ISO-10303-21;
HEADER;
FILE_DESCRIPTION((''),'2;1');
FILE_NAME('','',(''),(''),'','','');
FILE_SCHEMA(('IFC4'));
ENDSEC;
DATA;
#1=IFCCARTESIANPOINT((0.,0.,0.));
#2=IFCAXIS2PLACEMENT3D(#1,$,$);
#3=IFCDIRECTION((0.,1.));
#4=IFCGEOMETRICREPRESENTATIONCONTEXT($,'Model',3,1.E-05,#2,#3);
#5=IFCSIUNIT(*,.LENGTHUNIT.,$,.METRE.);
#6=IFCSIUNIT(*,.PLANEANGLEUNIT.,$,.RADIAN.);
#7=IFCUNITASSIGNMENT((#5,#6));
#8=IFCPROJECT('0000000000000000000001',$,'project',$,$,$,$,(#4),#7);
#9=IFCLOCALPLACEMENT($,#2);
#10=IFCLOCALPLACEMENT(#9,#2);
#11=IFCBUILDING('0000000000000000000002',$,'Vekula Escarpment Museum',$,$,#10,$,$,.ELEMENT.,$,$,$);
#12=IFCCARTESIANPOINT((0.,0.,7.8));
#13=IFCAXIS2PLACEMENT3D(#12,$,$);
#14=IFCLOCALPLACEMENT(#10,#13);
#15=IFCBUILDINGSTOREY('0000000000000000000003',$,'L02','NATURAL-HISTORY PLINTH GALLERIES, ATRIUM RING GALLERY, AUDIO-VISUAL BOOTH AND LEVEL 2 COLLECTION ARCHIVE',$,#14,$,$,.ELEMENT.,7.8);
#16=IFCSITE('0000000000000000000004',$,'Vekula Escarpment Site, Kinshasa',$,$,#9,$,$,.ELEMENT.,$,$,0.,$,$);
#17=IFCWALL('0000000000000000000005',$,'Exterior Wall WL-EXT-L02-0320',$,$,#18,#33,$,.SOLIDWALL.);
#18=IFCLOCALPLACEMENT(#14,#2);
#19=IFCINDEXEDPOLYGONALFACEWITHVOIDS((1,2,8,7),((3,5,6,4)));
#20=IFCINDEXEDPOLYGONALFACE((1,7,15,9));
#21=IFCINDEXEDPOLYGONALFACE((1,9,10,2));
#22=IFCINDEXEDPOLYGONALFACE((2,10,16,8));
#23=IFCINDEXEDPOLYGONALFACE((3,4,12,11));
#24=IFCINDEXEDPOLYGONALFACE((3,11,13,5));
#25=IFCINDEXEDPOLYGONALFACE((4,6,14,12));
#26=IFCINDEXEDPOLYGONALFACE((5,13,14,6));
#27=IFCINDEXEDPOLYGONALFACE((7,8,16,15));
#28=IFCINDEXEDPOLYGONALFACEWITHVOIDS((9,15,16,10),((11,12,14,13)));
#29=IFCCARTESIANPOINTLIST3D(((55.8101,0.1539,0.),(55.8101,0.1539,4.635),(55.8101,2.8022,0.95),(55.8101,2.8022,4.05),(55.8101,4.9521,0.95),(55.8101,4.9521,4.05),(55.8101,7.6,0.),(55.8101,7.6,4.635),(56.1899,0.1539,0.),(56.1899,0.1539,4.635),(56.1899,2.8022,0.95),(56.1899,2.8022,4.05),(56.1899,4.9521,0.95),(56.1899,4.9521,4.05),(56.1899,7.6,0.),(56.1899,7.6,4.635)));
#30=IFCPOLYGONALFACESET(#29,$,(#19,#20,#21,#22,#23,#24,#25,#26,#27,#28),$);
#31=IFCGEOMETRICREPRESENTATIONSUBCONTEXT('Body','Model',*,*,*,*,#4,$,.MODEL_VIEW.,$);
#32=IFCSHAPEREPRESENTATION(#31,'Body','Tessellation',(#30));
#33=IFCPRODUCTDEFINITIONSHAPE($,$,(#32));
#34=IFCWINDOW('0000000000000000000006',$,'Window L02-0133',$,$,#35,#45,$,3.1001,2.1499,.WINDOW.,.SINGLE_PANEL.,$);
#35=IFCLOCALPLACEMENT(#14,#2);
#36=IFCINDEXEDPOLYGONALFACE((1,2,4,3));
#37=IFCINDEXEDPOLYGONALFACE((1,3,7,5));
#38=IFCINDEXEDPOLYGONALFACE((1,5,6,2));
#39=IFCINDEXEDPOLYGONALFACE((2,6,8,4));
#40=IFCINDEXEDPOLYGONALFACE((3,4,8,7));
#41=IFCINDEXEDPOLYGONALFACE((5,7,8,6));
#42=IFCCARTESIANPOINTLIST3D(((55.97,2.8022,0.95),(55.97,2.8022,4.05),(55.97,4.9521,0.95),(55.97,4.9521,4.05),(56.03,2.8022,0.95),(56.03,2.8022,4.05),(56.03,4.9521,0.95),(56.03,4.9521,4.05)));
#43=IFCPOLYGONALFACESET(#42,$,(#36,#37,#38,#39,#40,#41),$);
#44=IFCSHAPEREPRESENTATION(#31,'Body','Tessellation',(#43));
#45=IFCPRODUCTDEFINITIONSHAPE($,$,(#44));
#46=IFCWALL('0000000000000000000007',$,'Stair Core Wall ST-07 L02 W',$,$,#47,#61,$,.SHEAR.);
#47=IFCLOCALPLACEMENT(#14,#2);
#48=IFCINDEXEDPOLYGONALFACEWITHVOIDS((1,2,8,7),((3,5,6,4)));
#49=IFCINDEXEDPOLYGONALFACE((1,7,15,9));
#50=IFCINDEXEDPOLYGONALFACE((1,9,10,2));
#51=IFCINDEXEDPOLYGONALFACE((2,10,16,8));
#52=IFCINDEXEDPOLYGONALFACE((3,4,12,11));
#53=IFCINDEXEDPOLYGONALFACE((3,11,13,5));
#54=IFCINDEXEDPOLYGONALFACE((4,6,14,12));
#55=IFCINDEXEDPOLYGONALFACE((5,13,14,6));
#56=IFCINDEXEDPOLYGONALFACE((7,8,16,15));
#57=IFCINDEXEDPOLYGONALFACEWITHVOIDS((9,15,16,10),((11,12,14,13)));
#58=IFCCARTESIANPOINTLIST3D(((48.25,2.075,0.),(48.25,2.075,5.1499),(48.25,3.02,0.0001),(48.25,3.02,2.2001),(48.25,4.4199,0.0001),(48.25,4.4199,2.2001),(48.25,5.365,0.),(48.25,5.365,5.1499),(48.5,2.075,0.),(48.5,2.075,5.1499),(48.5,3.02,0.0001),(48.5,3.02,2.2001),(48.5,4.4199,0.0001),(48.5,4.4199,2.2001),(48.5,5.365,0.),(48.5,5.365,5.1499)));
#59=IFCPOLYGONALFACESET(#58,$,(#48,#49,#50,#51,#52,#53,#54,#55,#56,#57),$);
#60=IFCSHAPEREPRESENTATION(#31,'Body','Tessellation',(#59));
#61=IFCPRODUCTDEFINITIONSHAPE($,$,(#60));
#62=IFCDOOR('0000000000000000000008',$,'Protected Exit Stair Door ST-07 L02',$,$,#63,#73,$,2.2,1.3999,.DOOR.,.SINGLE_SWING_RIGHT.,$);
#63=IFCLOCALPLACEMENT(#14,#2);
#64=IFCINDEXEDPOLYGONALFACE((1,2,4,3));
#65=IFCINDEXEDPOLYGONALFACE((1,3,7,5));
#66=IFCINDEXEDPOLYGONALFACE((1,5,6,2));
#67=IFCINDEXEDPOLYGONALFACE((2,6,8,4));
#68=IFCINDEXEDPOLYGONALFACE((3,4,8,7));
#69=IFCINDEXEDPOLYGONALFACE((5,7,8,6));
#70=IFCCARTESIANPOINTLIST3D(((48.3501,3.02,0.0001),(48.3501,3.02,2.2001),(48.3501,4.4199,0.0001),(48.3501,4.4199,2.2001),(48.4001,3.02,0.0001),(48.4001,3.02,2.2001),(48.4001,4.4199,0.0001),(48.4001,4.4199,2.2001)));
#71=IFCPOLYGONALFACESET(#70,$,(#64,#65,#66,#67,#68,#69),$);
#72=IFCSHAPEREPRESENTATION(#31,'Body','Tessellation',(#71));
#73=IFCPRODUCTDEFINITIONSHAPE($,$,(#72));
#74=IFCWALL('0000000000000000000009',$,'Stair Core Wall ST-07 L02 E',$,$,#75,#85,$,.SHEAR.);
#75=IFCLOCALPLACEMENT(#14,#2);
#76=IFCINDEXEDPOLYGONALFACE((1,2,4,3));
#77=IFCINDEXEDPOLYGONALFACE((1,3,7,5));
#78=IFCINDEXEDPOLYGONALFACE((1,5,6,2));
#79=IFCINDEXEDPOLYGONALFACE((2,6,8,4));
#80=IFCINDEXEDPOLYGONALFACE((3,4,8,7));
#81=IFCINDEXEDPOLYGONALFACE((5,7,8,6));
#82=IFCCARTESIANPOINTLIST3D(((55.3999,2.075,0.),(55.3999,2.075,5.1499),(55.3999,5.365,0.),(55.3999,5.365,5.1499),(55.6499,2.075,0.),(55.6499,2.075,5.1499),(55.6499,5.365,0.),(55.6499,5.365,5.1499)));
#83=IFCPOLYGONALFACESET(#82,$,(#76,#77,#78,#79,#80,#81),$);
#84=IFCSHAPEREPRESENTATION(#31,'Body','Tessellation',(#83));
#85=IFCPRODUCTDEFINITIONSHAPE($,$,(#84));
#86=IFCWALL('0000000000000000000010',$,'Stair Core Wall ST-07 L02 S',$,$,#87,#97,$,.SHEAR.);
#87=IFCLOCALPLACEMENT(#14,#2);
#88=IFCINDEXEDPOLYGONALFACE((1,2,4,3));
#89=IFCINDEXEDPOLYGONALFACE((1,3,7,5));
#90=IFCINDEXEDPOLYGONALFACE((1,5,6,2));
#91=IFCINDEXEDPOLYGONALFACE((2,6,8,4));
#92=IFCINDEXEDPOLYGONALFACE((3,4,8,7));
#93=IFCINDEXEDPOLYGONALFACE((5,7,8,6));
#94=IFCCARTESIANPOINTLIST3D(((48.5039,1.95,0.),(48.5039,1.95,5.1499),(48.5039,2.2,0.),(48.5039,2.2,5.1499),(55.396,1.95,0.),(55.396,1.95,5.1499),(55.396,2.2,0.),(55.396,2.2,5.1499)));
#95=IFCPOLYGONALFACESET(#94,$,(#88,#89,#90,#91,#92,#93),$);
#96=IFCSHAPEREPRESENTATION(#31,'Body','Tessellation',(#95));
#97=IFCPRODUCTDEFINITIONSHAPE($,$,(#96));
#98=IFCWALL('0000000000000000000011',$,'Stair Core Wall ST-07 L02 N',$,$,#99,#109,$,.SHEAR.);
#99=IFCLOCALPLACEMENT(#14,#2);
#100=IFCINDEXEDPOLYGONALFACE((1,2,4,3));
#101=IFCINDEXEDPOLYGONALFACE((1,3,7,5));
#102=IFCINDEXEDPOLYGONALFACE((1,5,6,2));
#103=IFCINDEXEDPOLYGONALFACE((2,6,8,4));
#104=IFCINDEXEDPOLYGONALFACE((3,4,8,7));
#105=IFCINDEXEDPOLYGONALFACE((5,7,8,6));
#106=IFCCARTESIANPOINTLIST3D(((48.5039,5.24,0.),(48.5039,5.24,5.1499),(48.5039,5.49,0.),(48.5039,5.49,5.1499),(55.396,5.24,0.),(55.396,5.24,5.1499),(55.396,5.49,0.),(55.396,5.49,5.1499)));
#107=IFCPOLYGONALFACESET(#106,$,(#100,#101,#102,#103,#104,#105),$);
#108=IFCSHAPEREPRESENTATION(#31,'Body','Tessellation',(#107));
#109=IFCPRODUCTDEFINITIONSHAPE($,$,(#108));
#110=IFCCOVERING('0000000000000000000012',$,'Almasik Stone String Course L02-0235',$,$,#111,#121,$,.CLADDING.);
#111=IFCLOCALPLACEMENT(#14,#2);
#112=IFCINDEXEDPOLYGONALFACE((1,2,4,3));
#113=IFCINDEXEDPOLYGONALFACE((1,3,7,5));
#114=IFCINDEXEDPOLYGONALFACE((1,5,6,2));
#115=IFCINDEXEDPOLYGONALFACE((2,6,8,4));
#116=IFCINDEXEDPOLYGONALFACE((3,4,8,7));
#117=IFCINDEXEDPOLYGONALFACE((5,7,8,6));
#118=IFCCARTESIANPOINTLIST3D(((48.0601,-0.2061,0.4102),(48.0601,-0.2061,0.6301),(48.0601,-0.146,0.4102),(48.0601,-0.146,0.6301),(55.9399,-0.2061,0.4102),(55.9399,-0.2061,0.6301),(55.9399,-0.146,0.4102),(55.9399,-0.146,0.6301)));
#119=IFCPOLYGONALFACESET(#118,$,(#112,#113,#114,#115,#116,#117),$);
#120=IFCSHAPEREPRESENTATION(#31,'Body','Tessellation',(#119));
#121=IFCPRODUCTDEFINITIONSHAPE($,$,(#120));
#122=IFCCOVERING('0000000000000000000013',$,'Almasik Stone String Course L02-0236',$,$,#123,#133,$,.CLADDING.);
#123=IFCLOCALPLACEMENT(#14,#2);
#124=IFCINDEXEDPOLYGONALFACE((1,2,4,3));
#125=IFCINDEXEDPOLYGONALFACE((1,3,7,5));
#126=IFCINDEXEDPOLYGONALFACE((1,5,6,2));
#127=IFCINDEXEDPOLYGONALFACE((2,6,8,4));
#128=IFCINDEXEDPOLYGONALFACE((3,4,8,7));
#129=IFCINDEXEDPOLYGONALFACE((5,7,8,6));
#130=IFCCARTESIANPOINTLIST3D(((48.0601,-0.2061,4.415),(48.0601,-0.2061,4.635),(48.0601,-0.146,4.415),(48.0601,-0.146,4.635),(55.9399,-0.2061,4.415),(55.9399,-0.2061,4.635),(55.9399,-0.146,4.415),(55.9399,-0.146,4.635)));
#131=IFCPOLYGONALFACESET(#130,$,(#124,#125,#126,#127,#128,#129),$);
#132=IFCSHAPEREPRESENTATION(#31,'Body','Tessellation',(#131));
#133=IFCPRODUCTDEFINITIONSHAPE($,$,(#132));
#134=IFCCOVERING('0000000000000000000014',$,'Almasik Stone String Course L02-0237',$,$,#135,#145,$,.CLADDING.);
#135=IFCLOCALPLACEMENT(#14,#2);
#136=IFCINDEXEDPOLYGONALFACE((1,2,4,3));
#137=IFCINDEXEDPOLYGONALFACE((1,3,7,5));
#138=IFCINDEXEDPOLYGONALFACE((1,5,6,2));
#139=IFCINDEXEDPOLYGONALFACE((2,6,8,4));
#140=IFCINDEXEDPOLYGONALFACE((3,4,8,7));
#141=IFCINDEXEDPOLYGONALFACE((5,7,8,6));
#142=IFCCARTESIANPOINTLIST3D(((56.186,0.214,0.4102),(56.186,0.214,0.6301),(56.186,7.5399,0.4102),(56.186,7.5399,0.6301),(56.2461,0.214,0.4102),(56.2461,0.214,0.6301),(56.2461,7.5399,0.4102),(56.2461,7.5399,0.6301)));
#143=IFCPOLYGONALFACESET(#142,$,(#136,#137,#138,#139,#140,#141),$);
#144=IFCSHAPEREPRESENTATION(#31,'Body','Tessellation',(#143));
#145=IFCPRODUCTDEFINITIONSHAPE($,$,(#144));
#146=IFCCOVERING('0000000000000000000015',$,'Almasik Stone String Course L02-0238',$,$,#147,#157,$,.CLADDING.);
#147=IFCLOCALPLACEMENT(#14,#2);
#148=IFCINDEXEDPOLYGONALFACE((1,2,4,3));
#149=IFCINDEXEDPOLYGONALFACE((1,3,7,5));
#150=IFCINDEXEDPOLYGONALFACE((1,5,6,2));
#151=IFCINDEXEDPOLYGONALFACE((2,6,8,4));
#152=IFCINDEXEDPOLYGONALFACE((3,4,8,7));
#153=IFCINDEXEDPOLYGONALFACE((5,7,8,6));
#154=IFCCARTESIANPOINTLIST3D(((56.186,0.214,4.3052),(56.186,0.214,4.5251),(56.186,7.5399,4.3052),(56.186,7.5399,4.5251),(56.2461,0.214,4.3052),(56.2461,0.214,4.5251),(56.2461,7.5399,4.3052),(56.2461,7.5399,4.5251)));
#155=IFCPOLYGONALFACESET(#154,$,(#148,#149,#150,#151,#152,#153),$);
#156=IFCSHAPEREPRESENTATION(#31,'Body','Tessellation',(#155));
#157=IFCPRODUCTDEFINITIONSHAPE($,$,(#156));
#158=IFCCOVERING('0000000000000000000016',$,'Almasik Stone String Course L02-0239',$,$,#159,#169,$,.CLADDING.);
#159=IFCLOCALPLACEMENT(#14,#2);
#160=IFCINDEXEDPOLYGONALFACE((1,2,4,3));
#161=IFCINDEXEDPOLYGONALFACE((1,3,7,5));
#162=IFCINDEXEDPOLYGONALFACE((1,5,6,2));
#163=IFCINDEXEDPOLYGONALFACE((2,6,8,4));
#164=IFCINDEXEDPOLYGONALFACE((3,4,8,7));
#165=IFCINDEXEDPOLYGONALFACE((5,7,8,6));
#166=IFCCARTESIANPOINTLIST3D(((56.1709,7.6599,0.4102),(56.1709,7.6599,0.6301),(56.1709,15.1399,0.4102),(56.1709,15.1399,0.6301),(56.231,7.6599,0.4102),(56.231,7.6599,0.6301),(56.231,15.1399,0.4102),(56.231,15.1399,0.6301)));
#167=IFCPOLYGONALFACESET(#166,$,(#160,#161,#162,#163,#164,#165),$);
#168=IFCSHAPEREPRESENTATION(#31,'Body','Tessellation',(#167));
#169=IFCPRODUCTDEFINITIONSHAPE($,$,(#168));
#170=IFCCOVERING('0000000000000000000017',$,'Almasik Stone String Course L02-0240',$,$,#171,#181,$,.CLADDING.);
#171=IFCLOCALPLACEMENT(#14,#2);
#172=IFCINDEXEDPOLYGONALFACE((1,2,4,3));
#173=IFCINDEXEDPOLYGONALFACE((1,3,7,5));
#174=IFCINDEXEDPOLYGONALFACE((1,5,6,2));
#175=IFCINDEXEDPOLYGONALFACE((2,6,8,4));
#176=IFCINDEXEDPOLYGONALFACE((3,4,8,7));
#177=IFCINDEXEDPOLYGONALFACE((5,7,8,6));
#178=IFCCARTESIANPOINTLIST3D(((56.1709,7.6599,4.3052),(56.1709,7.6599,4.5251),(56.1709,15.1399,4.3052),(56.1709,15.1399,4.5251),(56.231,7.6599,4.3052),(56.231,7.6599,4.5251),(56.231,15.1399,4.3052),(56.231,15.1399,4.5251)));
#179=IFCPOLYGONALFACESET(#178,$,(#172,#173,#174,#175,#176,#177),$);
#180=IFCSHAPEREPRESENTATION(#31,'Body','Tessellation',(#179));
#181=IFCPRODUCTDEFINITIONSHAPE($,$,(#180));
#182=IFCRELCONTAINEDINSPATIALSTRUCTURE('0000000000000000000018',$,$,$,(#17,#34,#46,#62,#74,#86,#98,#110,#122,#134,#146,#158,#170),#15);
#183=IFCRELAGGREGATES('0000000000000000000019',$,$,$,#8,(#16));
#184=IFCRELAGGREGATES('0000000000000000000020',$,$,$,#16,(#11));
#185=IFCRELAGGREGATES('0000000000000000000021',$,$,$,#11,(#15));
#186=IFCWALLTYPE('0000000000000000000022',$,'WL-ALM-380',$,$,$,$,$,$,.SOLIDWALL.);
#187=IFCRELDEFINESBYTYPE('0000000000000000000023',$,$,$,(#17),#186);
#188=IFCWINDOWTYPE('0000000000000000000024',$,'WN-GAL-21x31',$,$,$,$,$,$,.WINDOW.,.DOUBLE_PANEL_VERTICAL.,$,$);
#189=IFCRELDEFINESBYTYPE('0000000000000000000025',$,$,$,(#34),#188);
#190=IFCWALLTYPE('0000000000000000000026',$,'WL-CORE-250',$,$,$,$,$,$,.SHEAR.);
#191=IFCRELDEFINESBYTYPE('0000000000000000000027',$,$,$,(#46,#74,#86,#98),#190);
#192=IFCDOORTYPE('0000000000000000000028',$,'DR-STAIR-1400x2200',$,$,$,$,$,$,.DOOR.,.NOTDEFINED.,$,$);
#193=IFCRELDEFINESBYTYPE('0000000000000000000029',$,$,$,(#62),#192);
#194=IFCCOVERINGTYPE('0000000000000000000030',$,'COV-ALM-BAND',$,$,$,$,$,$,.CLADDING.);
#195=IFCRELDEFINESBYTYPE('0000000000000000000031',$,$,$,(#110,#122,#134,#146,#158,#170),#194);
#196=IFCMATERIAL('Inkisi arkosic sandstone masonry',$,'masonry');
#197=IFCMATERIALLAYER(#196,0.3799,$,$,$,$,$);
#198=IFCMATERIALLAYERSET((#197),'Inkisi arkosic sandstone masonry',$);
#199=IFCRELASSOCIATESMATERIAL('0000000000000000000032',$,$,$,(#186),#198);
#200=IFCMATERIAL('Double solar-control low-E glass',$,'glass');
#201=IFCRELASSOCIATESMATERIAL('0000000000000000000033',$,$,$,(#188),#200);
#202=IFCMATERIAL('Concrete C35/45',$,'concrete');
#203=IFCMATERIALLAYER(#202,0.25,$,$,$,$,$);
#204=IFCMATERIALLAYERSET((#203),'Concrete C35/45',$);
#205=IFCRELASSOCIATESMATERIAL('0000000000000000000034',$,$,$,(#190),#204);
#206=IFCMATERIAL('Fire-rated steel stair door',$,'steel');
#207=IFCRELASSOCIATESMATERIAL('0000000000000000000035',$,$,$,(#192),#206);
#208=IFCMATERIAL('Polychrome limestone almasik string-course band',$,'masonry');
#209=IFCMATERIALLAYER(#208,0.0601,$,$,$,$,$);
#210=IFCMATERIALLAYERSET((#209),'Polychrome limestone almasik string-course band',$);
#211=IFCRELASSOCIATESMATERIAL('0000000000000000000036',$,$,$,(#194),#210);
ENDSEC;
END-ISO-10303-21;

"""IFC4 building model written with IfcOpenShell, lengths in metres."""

from ifc_helpers import new_model, si_unit, direction, frame, frame_2d, origin, origin_2d, place, context, subcontext, project, spatial, rectangle, extrude, material, layer, layer_set, type_object, element, fill, save


model = new_model("IFC4")

# Units and contexts
model_context = context("Model", 3, precision=1e-05, world=origin(), true_north=direction((0.0, 1.0)))
body_context = subcontext(model_context, "Body", "Model", "MODEL_VIEW")
ifc_project = project(units=[si_unit("LENGTHUNIT", "METRE"), si_unit("PLANEANGLEUNIT", "RADIAN")], contexts=[model_context])

# Site, building, storey
site_placement = place(None, origin())
site = spatial("IfcSite", under=ifc_project, at=site_placement, Name="Vekula Escarpment Site, Kinshasa", CompositionType="ELEMENT", RefElevation=0.0)
building_placement = place(site_placement, origin())
building = spatial("IfcBuilding", under=site, at=building_placement, Name="Vekula Escarpment Museum", CompositionType="ELEMENT")
storey_placement = place(building_placement, frame((0.0, 0.0, 7.8)))
storey = spatial("IfcBuildingStorey", under=building, at=storey_placement, Name="L02", Description="NATURAL-HISTORY PLINTH GALLERIES, ATRIUM RING GALLERY, AUDIO-VISUAL BOOTH AND LEVEL 2 COLLECTION ARCHIVE", CompositionType="ELEMENT", Elevation=7.8)

# Wall, opening, window
ifc_material_1 = material(Name="Inkisi arkosic sandstone masonry", Category="masonry")
ifc_layer_1 = layer(ifc_material_1, 0.3799)
ifc_layer_set_1 = layer_set([ifc_layer_1], Name="Inkisi arkosic sandstone masonry")
wall_type_1 = type_object("IfcWallType", Name="WL-ALM-380", PredefinedType="SOLIDWALL", material=ifc_layer_set_1)
wall_1_placement = place(storey_placement, frame((56.0, 7.6001, 0.0), z_axis=(0.0, 0.0, 1.0), x_axis=(0.0, -1.0, 0.0)))
wall_1 = element("IfcWall", 1, at=wall_1_placement, inside=storey, type_object=wall_type_1, Name="Exterior Wall WL-EXT-L02-0320", PredefinedType="SOLIDWALL", context=body_context, shape_type="SweptSolid", body=[
    extrude(rectangle(XDim=7.446, YDim=0.3799, at=frame_2d((3.7231, 0.0))), origin(), (0.0, 0.0, 1.0), 4.635),
])
opening_1_placement = place(wall_1_placement, frame((2.6479, 0.0, 0.95)))
opening_1 = element("IfcOpeningElement", 2, at=opening_1_placement, cuts=wall_1, PredefinedType="OPENING", context=body_context, shape_type="SweptSolid", body=[
    extrude(rectangle(XDim=2.1499, YDim=3.1001, at=frame_2d((1.075, 1.55))), frame((0.0, 0.2, 0.0), z_axis=(0.0, -1.0, 0.0), x_axis=(1.0, 0.0, 0.0)), (0.0, 0.0, 1.0), 0.3999),
])
ifc_material_2 = material(Name="Double solar-control low-E glass", Category="glass")
window_type_1 = type_object("IfcWindowType", Name="WN-GAL-21x31", PartitioningType="DOUBLE_PANEL_VERTICAL", PredefinedType="WINDOW", material=ifc_material_2)
window_1_placement = place(opening_1_placement, origin())
window_1 = element("IfcWindow", 3, at=window_1_placement, inside=storey, type_object=window_type_1, Name="Window L02-0133", OverallHeight=3.1001, OverallWidth=2.1499, PartitioningType="SINGLE_PANEL", PredefinedType="WINDOW", context=body_context, shape_type="SweptSolid", body=[
    extrude(rectangle(XDim=2.1499, YDim=3.1001, at=frame_2d((1.075, 1.55))), frame((0.0, 0.03, 0.0), z_axis=(0.0, -1.0, 0.0), x_axis=(1.0, 0.0, 0.0)), (0.0, 0.0, 1.0), 0.0601),
])
fill(opening_1, window_1)

# Wall, opening, door
ifc_material_3 = material(Name="Concrete C35/45", Category="concrete")
ifc_layer_2 = layer(ifc_material_3, 0.25)
ifc_layer_set_2 = layer_set([ifc_layer_2], Name="Concrete C35/45")
wall_type_2 = type_object("IfcWallType", Name="WL-CORE-250", PredefinedType="SHEAR", material=ifc_layer_set_2)
wall_2_placement = place(storey_placement, frame((48.375, 2.075, 0.0), z_axis=(0.0, 0.0, 1.0), x_axis=(0.0, 1.0, 0.0)))
wall_2 = element("IfcWall", 4, at=wall_2_placement, inside=storey, type_object=wall_type_2, Name="Stair Core Wall ST-07 L02 W", PredefinedType="SHEAR", context=body_context, shape_type="SweptSolid", body=[
    extrude(rectangle(XDim=3.29, YDim=0.25, at=frame_2d((1.645, 0.0))), origin(), (0.0, 0.0, 1.0), 5.1499),
])
opening_2_placement = place(wall_2_placement, frame((0.9451, 0.0, 0.0)))
opening_2 = element("IfcOpeningElement", 5, at=opening_2_placement, cuts=wall_2, PredefinedType="OPENING", context=body_context, shape_type="SweptSolid", body=[
    extrude(rectangle(XDim=1.3999, YDim=2.2, at=frame_2d((0.7, 1.1001))), frame((0.0, 0.135, 0.0), z_axis=(0.0, -1.0, 0.0), x_axis=(1.0, 0.0, 0.0)), (0.0, 0.0, 1.0), 0.27),
])
ifc_material_4 = material(Name="Fire-rated steel stair door", Category="steel")
door_type = type_object("IfcDoorType", Name="DR-STAIR-1400x2200", OperationType="NOTDEFINED", PredefinedType="DOOR", material=ifc_material_4)
door_placement = place(opening_2_placement, origin())
door = element("IfcDoor", 6, at=door_placement, inside=storey, type_object=door_type, Name="Protected Exit Stair Door ST-07 L02", OperationType="SINGLE_SWING_RIGHT", OverallHeight=2.2, OverallWidth=1.3999, PredefinedType="DOOR", context=body_context, shape_type="SweptSolid", body=[
    extrude(rectangle(XDim=1.3999, YDim=2.2, at=frame_2d((0.7, 1.1001))), frame((0.0, 0.0249, 0.0), z_axis=(0.0, -1.0, 0.0), x_axis=(1.0, 0.0, 0.0)), (0.0, 0.0, 1.0), 0.05),
])
fill(opening_2, door)

# Walls
wall_3_placement = place(storey_placement, frame((55.5249, 2.075, 0.0), z_axis=(0.0, 0.0, 1.0), x_axis=(0.0, 1.0, 0.0)))
element("IfcWall", 7, at=wall_3_placement, inside=storey, type_object=wall_type_2, Name="Stair Core Wall ST-07 L02 E", PredefinedType="SHEAR", context=body_context, shape_type="SweptSolid", body=[
    extrude(rectangle(XDim=3.29, YDim=0.25, at=frame_2d((1.645, 0.0))), origin(), (0.0, 0.0, 1.0), 5.1499),
])
for number, where, z_axis, x_axis, name in (
    (8, (48.5039, 2.075, 0.0), (0.0, 0.0, 1.0), (1.0, 0.0, 0.0), "Stair Core Wall ST-07 L02 S"),
    (9, (48.5039, 5.365, 0.0), (0.0, 0.0, 1.0), (1.0, 0.0, 0.0), "Stair Core Wall ST-07 L02 N"),
):
    element("IfcWall", number, at=place(storey_placement, frame(where, z_axis=z_axis, x_axis=x_axis)), inside=storey, type_object=wall_type_2, Name=name, PredefinedType="SHEAR", context=body_context, shape_type="SweptSolid", body=[
        extrude(rectangle(XDim=6.8921, YDim=0.25, at=frame_2d((3.446, 0.0))), origin(), (0.0, 0.0, 1.0), 5.1499),
    ])

# Coverings
ifc_material_5 = material(Name="Polychrome limestone almasik string-course band", Category="masonry")
ifc_layer_3 = layer(ifc_material_5, 0.0601)
ifc_layer_set_3 = layer_set([ifc_layer_3], Name="Polychrome limestone almasik string-course band")
covering_type = type_object("IfcCoveringType", Name="COV-ALM-BAND", PredefinedType="CLADDING", material=ifc_layer_set_3)
for number, where, z_axis, x_axis, name in (
    (10, (52.0, -0.176, 0.4102), (0.0, 0.0, 1.0), (1.0, 0.0, 0.0), "Almasik Stone String Course L02-0235"),
    (11, (52.0, -0.176, 4.415), (0.0, 0.0, 1.0), (1.0, 0.0, 0.0), "Almasik Stone String Course L02-0236"),
):
    element("IfcCovering", number, at=place(storey_placement, frame(where, z_axis=z_axis, x_axis=x_axis)), inside=storey, type_object=covering_type, Name=name, PredefinedType="CLADDING", context=body_context, shape_type="SweptSolid", body=[
        extrude(rectangle(XDim=7.8799, YDim=0.0601, at=origin_2d()), origin(), (0.0, 0.0, 1.0), 0.22),
    ])
for number, where, z_axis, x_axis, name in (
    (12, (56.2161, 3.877, 0.4102), (0.0, 0.0, 1.0), (0.0, 1.0, 0.0), "Almasik Stone String Course L02-0237"),
    (13, (56.2161, 3.877, 4.3052), (0.0, 0.0, 1.0), (0.0, 1.0, 0.0), "Almasik Stone String Course L02-0238"),
):
    element("IfcCovering", number, at=place(storey_placement, frame(where, z_axis=z_axis, x_axis=x_axis)), inside=storey, type_object=covering_type, Name=name, PredefinedType="CLADDING", context=body_context, shape_type="SweptSolid", body=[
        extrude(rectangle(XDim=7.3259, YDim=0.0601, at=origin_2d()), origin(), (0.0, 0.0, 1.0), 0.22),
    ])
for number, where, z_axis, x_axis, name in (
    (14, (56.2009, 11.3999, 0.4102), (0.0, 0.0, 1.0), (0.0, 1.0, 0.0), "Almasik Stone String Course L02-0239"),
    (15, (56.2009, 11.3999, 4.3052), (0.0, 0.0, 1.0), (0.0, 1.0, 0.0), "Almasik Stone String Course L02-0240"),
):
    element("IfcCovering", number, at=place(storey_placement, frame(where, z_axis=z_axis, x_axis=x_axis)), inside=storey, type_object=covering_type, Name=name, PredefinedType="CLADDING", context=body_context, shape_type="SweptSolid", body=[
        extrude(rectangle(XDim=7.48, YDim=0.0601, at=origin_2d()), origin(), (0.0, 0.0, 1.0), 0.22),
    ])

save(model, "model.ifc")
